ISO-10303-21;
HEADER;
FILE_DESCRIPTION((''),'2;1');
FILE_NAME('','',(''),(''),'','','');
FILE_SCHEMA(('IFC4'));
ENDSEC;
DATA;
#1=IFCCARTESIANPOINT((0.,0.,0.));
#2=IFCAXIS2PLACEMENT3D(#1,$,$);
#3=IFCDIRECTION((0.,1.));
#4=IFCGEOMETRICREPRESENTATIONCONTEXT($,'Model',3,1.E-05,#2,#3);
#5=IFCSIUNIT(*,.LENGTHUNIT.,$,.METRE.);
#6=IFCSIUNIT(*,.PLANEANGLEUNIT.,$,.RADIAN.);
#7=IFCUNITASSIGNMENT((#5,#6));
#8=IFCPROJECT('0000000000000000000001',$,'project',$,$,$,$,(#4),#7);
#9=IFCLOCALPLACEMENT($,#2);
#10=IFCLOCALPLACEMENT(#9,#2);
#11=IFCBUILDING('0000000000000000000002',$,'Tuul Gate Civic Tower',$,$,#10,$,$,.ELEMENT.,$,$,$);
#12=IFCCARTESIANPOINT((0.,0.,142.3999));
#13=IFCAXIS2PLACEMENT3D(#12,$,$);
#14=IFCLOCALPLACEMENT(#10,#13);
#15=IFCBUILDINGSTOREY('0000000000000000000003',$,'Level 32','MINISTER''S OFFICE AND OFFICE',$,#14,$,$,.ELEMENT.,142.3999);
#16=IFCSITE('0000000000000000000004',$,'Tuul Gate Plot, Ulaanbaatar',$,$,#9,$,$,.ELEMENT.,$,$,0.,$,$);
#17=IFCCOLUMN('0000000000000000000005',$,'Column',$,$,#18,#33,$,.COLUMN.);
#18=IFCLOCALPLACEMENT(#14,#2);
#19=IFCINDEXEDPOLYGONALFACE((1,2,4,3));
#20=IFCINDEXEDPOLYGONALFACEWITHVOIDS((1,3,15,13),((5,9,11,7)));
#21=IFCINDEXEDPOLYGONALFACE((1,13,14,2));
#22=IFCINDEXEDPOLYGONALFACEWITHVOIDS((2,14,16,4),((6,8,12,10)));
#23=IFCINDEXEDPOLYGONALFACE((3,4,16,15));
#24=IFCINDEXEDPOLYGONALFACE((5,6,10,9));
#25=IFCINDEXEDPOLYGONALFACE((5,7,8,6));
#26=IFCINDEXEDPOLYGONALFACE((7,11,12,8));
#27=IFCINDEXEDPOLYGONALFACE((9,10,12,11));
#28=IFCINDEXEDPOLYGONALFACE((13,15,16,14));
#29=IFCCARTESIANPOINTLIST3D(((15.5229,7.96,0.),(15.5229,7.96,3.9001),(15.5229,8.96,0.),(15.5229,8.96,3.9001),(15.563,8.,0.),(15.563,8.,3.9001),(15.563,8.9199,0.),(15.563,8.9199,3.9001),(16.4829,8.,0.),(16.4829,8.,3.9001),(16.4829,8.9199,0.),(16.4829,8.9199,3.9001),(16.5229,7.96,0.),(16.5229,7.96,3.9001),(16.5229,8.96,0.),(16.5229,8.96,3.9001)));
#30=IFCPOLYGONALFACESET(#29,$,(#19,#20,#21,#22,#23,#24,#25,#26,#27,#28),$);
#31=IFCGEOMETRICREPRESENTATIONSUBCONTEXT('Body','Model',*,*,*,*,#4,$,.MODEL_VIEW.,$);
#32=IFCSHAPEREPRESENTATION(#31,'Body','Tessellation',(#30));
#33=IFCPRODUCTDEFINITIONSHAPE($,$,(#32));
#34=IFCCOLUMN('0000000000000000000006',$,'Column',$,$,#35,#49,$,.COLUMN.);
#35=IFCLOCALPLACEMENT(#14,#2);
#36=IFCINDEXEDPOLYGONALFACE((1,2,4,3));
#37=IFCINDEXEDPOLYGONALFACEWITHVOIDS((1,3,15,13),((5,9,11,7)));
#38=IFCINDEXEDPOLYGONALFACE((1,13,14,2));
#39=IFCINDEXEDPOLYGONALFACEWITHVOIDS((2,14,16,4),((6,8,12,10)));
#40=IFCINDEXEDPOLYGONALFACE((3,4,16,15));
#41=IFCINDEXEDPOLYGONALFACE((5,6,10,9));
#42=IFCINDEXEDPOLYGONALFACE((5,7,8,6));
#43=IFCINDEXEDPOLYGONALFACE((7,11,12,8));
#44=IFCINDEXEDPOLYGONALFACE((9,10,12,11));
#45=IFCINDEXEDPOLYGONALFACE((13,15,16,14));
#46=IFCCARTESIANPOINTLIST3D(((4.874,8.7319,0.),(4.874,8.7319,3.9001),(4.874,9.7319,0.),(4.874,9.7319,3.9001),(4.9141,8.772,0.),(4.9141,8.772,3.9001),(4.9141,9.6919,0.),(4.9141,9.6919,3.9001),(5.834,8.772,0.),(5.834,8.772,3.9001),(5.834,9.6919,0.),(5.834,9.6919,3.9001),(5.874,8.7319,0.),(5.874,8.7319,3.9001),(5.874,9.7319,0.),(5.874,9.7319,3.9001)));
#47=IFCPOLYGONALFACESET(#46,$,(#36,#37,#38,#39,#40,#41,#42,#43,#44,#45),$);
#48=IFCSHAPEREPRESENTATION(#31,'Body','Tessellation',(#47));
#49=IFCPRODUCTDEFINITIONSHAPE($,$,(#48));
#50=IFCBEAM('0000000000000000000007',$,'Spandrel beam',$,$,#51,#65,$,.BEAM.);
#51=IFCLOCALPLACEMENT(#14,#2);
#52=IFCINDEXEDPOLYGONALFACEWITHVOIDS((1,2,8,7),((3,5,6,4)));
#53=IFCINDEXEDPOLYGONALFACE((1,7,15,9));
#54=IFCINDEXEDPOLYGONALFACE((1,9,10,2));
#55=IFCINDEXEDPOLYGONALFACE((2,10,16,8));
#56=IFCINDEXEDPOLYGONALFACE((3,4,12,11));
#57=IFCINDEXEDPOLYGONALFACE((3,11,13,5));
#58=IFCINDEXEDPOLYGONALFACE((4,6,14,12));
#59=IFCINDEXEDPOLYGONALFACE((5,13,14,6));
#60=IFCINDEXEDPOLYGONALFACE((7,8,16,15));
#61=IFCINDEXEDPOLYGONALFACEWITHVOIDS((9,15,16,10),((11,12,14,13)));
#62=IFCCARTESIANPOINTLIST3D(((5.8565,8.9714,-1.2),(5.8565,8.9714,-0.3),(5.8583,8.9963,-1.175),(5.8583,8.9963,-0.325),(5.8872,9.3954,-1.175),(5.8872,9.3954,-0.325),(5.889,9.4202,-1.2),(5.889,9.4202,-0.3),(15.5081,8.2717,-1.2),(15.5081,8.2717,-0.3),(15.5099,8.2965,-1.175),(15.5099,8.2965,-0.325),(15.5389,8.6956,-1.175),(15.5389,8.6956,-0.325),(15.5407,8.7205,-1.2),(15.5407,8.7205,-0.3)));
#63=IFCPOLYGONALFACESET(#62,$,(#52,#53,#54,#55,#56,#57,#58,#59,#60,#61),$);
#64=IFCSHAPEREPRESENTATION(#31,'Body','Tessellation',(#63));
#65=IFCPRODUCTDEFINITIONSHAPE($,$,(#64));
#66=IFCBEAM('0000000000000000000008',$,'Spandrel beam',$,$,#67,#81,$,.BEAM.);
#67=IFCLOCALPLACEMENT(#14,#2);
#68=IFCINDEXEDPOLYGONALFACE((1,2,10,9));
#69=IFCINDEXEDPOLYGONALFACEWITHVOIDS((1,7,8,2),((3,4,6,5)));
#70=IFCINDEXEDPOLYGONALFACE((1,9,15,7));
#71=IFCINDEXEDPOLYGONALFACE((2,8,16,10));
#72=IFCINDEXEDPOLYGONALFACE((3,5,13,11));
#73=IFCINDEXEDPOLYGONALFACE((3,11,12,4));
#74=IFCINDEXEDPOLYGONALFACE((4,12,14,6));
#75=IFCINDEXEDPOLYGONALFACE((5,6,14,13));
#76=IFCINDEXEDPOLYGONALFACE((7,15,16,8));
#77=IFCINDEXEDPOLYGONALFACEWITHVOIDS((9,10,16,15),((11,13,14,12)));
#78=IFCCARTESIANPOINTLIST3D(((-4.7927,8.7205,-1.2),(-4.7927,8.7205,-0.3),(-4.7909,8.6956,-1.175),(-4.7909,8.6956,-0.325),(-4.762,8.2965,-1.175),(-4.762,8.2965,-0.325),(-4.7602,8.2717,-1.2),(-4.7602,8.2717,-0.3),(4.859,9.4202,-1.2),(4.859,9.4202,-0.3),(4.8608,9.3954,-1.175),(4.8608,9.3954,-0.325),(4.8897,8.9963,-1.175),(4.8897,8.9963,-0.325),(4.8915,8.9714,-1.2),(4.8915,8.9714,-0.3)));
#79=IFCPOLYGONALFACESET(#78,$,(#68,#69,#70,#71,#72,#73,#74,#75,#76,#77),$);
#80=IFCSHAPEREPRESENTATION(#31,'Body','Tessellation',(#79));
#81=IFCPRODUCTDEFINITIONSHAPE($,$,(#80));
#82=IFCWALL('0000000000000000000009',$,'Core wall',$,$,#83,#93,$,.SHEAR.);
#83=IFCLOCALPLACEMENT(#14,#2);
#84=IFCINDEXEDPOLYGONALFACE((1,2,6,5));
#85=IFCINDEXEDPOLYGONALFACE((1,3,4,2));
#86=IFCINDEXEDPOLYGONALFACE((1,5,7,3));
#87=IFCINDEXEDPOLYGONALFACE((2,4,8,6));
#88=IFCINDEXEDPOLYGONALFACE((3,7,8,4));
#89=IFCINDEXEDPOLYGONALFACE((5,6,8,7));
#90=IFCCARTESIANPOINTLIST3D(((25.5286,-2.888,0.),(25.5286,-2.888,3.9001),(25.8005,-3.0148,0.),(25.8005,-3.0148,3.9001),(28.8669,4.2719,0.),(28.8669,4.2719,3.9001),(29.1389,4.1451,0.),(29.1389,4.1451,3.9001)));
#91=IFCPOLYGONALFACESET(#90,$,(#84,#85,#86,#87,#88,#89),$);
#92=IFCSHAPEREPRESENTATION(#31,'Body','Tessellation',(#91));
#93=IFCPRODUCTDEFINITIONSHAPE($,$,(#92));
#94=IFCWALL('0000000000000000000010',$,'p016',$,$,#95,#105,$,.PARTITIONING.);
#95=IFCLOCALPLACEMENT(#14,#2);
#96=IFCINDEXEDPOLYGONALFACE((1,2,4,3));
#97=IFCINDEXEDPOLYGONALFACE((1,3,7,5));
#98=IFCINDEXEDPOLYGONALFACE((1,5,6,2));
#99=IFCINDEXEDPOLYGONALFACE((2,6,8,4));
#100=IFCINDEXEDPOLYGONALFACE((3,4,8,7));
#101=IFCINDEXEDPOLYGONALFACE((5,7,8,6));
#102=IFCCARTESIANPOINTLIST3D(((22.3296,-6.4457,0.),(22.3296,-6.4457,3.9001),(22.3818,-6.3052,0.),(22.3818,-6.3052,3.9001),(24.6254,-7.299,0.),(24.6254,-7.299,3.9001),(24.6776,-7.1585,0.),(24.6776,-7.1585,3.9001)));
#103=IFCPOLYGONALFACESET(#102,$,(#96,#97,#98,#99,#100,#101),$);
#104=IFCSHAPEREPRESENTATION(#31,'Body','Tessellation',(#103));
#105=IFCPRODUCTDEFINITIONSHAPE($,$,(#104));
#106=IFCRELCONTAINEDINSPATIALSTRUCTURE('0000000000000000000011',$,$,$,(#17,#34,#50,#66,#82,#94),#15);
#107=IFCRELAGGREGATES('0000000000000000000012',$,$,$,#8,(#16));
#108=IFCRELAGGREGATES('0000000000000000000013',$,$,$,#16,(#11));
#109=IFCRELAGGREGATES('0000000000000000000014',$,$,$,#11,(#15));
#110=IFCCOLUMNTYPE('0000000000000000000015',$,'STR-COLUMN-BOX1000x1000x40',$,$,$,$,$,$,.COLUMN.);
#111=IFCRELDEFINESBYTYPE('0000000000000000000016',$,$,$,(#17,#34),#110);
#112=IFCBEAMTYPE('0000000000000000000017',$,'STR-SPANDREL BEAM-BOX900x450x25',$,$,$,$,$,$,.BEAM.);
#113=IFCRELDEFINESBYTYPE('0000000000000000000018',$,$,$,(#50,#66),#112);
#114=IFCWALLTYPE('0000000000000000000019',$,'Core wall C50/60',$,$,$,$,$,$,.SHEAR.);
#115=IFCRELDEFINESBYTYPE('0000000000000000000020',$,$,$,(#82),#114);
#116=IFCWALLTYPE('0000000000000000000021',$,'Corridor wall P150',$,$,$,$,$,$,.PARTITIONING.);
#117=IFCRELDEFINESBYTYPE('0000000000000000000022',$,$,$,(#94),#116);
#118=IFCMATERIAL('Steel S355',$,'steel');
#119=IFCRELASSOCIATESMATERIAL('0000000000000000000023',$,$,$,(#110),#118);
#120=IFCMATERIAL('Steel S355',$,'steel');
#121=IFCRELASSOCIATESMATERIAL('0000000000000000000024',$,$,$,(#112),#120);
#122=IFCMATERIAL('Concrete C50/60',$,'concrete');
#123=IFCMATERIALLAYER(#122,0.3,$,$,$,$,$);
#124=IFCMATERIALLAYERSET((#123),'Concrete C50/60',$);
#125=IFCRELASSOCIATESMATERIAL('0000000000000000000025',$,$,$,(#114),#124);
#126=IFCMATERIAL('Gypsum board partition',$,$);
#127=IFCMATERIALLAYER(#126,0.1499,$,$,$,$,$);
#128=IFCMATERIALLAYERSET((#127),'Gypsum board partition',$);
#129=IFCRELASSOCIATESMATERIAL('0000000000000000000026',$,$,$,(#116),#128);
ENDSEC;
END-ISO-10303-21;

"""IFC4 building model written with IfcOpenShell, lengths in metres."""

from ifc_helpers import new_model, si_unit, direction, frame, frame_2d, origin, origin_2d, place, context, subcontext, project, spatial, rectangle, hollow_rectangle, extrude, material, layer, layer_set, material_profile, profile_set, type_object, element, save


model = new_model("IFC4")

# Units and contexts
model_context = context("Model", 3, precision=1e-05, world=origin(), true_north=direction((0.0, 1.0)))
body_context = subcontext(model_context, "Body", "Model", "MODEL_VIEW")
ifc_project = project(units=[si_unit("LENGTHUNIT", "METRE"), si_unit("PLANEANGLEUNIT", "RADIAN")], contexts=[model_context])

# Site, building, storey
site_placement = place(None, origin())
site = spatial("IfcSite", under=ifc_project, at=site_placement, Name="Tuul Gate Plot, Ulaanbaatar", CompositionType="ELEMENT", RefElevation=0.0)
building_placement = place(site_placement, origin())
building = spatial("IfcBuilding", under=site, at=building_placement, Name="Tuul Gate Civic Tower", CompositionType="ELEMENT")
storey_placement = place(building_placement, frame((0.0, 0.0, 142.3999)))
storey = spatial("IfcBuildingStorey", under=building, at=storey_placement, Name="Level 32", Description="MINISTER'S OFFICE AND OFFICE", CompositionType="ELEMENT", Elevation=142.3999)

# Columns
ifc_material_1 = material(Name="Steel S355", Category="steel")
ifc_material_profile_1 = material_profile(ifc_material_1, hollow_rectangle(XDim=1.0, YDim=1.0, WallThickness=0.04, at=origin_2d()), Name="BOX1000x1000x40")
ifc_profile_set_1 = profile_set([ifc_material_profile_1], Name="Steel S355")
column_type = type_object("IfcColumnType", Name="STR-COLUMN-BOX1000x1000x40", PredefinedType="COLUMN", material=ifc_profile_set_1)
for number, where, z_axis, x_axis, name in (
    (1, (16.0229, 8.46, 0.0), (0.0, 0.0, 1.0), (1.0, 0.0, 0.0), "Column"),
    (2, (5.374, 9.2319, 0.0), (0.0, 0.0, 1.0), (1.0, 0.0, 0.0), "Column"),
):
    element("IfcColumn", number, at=place(storey_placement, frame(where, z_axis=z_axis, x_axis=x_axis)), inside=storey, type_object=column_type, Name=name, PredefinedType="COLUMN", context=body_context, shape_type="SweptSolid", body=[
        extrude(hollow_rectangle(XDim=1.0, YDim=1.0, WallThickness=0.04, at=origin_2d()), origin(), (0.0, 0.0, 1.0), 3.9001),
    ])

# Beams
ifc_material_2 = material(Name="Steel S355", Category="steel")
ifc_material_profile_2 = material_profile(ifc_material_2, hollow_rectangle(XDim=0.45, YDim=0.8999, WallThickness=0.0249, at=origin_2d()), Name="BOX900x450x25")
ifc_profile_set_2 = profile_set([ifc_material_profile_2], Name="Steel S355")
beam_type = type_object("IfcBeamType", Name="STR-SPANDREL BEAM-BOX900x450x25", PredefinedType="BEAM", material=ifc_profile_set_2)
for number, where, z_axis, x_axis, name in (
    (3, (15.5244, 8.4961, -0.75), (-0.997382, 0.072307, 0.0), (-0.072307, -0.997382, 0.0), "Spandrel beam"),
    (4, (4.8752, 9.1958, -0.75), (-0.997382, -0.072307, 0.0), (0.072307, -0.997382, 0.0), "Spandrel beam"),
):
    element("IfcBeam", number, at=place(storey_placement, frame(where, z_axis=z_axis, x_axis=x_axis)), inside=storey, type_object=beam_type, Name=name, PredefinedType="BEAM", context=body_context, shape_type="SweptSolid", body=[
        extrude(hollow_rectangle(XDim=0.45, YDim=0.8999, WallThickness=0.0249, at=origin_2d()), origin(), (0.0, 0.0, 1.0), 9.677),
    ])

# Walls
ifc_material_3 = material(Name="Concrete C50/60", Category="concrete")
ifc_layer_1 = layer(ifc_material_3, 0.3)
ifc_layer_set_1 = layer_set([ifc_layer_1], Name="Concrete C50/60")
wall_type_1 = type_object("IfcWallType", Name="Core wall C50/60", PredefinedType="SHEAR", material=ifc_layer_set_1)
wall_1_placement = place(storey_placement, frame((25.6646, -2.9514, 0.0), z_axis=(0.0, 0.0, 1.0), x_axis=(0.422583, 0.906324, 0.0)))
element("IfcWall", 5, at=wall_1_placement, inside=storey, type_object=wall_type_1, Name="Core wall", PredefinedType="SHEAR", context=body_context, shape_type="SweptSolid", body=[
    extrude(rectangle(XDim=7.8999, YDim=0.3, at=frame_2d((3.95, 0.0))), origin(), (0.0, 0.0, 1.0), 3.9001),
])
ifc_material_4 = material(Name="Gypsum board partition")
ifc_layer_2 = layer(ifc_material_4, 0.1499)
ifc_layer_set_2 = layer_set([ifc_layer_2], Name="Gypsum board partition")
wall_type_2 = type_object("IfcWallType", Name="Corridor wall P150", PredefinedType="PARTITIONING", material=ifc_layer_set_2)
wall_2_placement = place(storey_placement, frame((22.3557, -6.3755, 0.0), z_axis=(0.0, 0.0, 1.0), x_axis=(0.937357, -0.348369, 0.0)))
element("IfcWall", 6, at=wall_2_placement, inside=storey, type_object=wall_type_2, Name="p016", PredefinedType="PARTITIONING", context=body_context, shape_type="SweptSolid", body=[
    extrude(rectangle(XDim=2.4492, YDim=0.1499, at=frame_2d((1.2246, 0.0))), origin(), (0.0, 0.0, 1.0), 3.9001),
])

save(model, "model.ifc")
